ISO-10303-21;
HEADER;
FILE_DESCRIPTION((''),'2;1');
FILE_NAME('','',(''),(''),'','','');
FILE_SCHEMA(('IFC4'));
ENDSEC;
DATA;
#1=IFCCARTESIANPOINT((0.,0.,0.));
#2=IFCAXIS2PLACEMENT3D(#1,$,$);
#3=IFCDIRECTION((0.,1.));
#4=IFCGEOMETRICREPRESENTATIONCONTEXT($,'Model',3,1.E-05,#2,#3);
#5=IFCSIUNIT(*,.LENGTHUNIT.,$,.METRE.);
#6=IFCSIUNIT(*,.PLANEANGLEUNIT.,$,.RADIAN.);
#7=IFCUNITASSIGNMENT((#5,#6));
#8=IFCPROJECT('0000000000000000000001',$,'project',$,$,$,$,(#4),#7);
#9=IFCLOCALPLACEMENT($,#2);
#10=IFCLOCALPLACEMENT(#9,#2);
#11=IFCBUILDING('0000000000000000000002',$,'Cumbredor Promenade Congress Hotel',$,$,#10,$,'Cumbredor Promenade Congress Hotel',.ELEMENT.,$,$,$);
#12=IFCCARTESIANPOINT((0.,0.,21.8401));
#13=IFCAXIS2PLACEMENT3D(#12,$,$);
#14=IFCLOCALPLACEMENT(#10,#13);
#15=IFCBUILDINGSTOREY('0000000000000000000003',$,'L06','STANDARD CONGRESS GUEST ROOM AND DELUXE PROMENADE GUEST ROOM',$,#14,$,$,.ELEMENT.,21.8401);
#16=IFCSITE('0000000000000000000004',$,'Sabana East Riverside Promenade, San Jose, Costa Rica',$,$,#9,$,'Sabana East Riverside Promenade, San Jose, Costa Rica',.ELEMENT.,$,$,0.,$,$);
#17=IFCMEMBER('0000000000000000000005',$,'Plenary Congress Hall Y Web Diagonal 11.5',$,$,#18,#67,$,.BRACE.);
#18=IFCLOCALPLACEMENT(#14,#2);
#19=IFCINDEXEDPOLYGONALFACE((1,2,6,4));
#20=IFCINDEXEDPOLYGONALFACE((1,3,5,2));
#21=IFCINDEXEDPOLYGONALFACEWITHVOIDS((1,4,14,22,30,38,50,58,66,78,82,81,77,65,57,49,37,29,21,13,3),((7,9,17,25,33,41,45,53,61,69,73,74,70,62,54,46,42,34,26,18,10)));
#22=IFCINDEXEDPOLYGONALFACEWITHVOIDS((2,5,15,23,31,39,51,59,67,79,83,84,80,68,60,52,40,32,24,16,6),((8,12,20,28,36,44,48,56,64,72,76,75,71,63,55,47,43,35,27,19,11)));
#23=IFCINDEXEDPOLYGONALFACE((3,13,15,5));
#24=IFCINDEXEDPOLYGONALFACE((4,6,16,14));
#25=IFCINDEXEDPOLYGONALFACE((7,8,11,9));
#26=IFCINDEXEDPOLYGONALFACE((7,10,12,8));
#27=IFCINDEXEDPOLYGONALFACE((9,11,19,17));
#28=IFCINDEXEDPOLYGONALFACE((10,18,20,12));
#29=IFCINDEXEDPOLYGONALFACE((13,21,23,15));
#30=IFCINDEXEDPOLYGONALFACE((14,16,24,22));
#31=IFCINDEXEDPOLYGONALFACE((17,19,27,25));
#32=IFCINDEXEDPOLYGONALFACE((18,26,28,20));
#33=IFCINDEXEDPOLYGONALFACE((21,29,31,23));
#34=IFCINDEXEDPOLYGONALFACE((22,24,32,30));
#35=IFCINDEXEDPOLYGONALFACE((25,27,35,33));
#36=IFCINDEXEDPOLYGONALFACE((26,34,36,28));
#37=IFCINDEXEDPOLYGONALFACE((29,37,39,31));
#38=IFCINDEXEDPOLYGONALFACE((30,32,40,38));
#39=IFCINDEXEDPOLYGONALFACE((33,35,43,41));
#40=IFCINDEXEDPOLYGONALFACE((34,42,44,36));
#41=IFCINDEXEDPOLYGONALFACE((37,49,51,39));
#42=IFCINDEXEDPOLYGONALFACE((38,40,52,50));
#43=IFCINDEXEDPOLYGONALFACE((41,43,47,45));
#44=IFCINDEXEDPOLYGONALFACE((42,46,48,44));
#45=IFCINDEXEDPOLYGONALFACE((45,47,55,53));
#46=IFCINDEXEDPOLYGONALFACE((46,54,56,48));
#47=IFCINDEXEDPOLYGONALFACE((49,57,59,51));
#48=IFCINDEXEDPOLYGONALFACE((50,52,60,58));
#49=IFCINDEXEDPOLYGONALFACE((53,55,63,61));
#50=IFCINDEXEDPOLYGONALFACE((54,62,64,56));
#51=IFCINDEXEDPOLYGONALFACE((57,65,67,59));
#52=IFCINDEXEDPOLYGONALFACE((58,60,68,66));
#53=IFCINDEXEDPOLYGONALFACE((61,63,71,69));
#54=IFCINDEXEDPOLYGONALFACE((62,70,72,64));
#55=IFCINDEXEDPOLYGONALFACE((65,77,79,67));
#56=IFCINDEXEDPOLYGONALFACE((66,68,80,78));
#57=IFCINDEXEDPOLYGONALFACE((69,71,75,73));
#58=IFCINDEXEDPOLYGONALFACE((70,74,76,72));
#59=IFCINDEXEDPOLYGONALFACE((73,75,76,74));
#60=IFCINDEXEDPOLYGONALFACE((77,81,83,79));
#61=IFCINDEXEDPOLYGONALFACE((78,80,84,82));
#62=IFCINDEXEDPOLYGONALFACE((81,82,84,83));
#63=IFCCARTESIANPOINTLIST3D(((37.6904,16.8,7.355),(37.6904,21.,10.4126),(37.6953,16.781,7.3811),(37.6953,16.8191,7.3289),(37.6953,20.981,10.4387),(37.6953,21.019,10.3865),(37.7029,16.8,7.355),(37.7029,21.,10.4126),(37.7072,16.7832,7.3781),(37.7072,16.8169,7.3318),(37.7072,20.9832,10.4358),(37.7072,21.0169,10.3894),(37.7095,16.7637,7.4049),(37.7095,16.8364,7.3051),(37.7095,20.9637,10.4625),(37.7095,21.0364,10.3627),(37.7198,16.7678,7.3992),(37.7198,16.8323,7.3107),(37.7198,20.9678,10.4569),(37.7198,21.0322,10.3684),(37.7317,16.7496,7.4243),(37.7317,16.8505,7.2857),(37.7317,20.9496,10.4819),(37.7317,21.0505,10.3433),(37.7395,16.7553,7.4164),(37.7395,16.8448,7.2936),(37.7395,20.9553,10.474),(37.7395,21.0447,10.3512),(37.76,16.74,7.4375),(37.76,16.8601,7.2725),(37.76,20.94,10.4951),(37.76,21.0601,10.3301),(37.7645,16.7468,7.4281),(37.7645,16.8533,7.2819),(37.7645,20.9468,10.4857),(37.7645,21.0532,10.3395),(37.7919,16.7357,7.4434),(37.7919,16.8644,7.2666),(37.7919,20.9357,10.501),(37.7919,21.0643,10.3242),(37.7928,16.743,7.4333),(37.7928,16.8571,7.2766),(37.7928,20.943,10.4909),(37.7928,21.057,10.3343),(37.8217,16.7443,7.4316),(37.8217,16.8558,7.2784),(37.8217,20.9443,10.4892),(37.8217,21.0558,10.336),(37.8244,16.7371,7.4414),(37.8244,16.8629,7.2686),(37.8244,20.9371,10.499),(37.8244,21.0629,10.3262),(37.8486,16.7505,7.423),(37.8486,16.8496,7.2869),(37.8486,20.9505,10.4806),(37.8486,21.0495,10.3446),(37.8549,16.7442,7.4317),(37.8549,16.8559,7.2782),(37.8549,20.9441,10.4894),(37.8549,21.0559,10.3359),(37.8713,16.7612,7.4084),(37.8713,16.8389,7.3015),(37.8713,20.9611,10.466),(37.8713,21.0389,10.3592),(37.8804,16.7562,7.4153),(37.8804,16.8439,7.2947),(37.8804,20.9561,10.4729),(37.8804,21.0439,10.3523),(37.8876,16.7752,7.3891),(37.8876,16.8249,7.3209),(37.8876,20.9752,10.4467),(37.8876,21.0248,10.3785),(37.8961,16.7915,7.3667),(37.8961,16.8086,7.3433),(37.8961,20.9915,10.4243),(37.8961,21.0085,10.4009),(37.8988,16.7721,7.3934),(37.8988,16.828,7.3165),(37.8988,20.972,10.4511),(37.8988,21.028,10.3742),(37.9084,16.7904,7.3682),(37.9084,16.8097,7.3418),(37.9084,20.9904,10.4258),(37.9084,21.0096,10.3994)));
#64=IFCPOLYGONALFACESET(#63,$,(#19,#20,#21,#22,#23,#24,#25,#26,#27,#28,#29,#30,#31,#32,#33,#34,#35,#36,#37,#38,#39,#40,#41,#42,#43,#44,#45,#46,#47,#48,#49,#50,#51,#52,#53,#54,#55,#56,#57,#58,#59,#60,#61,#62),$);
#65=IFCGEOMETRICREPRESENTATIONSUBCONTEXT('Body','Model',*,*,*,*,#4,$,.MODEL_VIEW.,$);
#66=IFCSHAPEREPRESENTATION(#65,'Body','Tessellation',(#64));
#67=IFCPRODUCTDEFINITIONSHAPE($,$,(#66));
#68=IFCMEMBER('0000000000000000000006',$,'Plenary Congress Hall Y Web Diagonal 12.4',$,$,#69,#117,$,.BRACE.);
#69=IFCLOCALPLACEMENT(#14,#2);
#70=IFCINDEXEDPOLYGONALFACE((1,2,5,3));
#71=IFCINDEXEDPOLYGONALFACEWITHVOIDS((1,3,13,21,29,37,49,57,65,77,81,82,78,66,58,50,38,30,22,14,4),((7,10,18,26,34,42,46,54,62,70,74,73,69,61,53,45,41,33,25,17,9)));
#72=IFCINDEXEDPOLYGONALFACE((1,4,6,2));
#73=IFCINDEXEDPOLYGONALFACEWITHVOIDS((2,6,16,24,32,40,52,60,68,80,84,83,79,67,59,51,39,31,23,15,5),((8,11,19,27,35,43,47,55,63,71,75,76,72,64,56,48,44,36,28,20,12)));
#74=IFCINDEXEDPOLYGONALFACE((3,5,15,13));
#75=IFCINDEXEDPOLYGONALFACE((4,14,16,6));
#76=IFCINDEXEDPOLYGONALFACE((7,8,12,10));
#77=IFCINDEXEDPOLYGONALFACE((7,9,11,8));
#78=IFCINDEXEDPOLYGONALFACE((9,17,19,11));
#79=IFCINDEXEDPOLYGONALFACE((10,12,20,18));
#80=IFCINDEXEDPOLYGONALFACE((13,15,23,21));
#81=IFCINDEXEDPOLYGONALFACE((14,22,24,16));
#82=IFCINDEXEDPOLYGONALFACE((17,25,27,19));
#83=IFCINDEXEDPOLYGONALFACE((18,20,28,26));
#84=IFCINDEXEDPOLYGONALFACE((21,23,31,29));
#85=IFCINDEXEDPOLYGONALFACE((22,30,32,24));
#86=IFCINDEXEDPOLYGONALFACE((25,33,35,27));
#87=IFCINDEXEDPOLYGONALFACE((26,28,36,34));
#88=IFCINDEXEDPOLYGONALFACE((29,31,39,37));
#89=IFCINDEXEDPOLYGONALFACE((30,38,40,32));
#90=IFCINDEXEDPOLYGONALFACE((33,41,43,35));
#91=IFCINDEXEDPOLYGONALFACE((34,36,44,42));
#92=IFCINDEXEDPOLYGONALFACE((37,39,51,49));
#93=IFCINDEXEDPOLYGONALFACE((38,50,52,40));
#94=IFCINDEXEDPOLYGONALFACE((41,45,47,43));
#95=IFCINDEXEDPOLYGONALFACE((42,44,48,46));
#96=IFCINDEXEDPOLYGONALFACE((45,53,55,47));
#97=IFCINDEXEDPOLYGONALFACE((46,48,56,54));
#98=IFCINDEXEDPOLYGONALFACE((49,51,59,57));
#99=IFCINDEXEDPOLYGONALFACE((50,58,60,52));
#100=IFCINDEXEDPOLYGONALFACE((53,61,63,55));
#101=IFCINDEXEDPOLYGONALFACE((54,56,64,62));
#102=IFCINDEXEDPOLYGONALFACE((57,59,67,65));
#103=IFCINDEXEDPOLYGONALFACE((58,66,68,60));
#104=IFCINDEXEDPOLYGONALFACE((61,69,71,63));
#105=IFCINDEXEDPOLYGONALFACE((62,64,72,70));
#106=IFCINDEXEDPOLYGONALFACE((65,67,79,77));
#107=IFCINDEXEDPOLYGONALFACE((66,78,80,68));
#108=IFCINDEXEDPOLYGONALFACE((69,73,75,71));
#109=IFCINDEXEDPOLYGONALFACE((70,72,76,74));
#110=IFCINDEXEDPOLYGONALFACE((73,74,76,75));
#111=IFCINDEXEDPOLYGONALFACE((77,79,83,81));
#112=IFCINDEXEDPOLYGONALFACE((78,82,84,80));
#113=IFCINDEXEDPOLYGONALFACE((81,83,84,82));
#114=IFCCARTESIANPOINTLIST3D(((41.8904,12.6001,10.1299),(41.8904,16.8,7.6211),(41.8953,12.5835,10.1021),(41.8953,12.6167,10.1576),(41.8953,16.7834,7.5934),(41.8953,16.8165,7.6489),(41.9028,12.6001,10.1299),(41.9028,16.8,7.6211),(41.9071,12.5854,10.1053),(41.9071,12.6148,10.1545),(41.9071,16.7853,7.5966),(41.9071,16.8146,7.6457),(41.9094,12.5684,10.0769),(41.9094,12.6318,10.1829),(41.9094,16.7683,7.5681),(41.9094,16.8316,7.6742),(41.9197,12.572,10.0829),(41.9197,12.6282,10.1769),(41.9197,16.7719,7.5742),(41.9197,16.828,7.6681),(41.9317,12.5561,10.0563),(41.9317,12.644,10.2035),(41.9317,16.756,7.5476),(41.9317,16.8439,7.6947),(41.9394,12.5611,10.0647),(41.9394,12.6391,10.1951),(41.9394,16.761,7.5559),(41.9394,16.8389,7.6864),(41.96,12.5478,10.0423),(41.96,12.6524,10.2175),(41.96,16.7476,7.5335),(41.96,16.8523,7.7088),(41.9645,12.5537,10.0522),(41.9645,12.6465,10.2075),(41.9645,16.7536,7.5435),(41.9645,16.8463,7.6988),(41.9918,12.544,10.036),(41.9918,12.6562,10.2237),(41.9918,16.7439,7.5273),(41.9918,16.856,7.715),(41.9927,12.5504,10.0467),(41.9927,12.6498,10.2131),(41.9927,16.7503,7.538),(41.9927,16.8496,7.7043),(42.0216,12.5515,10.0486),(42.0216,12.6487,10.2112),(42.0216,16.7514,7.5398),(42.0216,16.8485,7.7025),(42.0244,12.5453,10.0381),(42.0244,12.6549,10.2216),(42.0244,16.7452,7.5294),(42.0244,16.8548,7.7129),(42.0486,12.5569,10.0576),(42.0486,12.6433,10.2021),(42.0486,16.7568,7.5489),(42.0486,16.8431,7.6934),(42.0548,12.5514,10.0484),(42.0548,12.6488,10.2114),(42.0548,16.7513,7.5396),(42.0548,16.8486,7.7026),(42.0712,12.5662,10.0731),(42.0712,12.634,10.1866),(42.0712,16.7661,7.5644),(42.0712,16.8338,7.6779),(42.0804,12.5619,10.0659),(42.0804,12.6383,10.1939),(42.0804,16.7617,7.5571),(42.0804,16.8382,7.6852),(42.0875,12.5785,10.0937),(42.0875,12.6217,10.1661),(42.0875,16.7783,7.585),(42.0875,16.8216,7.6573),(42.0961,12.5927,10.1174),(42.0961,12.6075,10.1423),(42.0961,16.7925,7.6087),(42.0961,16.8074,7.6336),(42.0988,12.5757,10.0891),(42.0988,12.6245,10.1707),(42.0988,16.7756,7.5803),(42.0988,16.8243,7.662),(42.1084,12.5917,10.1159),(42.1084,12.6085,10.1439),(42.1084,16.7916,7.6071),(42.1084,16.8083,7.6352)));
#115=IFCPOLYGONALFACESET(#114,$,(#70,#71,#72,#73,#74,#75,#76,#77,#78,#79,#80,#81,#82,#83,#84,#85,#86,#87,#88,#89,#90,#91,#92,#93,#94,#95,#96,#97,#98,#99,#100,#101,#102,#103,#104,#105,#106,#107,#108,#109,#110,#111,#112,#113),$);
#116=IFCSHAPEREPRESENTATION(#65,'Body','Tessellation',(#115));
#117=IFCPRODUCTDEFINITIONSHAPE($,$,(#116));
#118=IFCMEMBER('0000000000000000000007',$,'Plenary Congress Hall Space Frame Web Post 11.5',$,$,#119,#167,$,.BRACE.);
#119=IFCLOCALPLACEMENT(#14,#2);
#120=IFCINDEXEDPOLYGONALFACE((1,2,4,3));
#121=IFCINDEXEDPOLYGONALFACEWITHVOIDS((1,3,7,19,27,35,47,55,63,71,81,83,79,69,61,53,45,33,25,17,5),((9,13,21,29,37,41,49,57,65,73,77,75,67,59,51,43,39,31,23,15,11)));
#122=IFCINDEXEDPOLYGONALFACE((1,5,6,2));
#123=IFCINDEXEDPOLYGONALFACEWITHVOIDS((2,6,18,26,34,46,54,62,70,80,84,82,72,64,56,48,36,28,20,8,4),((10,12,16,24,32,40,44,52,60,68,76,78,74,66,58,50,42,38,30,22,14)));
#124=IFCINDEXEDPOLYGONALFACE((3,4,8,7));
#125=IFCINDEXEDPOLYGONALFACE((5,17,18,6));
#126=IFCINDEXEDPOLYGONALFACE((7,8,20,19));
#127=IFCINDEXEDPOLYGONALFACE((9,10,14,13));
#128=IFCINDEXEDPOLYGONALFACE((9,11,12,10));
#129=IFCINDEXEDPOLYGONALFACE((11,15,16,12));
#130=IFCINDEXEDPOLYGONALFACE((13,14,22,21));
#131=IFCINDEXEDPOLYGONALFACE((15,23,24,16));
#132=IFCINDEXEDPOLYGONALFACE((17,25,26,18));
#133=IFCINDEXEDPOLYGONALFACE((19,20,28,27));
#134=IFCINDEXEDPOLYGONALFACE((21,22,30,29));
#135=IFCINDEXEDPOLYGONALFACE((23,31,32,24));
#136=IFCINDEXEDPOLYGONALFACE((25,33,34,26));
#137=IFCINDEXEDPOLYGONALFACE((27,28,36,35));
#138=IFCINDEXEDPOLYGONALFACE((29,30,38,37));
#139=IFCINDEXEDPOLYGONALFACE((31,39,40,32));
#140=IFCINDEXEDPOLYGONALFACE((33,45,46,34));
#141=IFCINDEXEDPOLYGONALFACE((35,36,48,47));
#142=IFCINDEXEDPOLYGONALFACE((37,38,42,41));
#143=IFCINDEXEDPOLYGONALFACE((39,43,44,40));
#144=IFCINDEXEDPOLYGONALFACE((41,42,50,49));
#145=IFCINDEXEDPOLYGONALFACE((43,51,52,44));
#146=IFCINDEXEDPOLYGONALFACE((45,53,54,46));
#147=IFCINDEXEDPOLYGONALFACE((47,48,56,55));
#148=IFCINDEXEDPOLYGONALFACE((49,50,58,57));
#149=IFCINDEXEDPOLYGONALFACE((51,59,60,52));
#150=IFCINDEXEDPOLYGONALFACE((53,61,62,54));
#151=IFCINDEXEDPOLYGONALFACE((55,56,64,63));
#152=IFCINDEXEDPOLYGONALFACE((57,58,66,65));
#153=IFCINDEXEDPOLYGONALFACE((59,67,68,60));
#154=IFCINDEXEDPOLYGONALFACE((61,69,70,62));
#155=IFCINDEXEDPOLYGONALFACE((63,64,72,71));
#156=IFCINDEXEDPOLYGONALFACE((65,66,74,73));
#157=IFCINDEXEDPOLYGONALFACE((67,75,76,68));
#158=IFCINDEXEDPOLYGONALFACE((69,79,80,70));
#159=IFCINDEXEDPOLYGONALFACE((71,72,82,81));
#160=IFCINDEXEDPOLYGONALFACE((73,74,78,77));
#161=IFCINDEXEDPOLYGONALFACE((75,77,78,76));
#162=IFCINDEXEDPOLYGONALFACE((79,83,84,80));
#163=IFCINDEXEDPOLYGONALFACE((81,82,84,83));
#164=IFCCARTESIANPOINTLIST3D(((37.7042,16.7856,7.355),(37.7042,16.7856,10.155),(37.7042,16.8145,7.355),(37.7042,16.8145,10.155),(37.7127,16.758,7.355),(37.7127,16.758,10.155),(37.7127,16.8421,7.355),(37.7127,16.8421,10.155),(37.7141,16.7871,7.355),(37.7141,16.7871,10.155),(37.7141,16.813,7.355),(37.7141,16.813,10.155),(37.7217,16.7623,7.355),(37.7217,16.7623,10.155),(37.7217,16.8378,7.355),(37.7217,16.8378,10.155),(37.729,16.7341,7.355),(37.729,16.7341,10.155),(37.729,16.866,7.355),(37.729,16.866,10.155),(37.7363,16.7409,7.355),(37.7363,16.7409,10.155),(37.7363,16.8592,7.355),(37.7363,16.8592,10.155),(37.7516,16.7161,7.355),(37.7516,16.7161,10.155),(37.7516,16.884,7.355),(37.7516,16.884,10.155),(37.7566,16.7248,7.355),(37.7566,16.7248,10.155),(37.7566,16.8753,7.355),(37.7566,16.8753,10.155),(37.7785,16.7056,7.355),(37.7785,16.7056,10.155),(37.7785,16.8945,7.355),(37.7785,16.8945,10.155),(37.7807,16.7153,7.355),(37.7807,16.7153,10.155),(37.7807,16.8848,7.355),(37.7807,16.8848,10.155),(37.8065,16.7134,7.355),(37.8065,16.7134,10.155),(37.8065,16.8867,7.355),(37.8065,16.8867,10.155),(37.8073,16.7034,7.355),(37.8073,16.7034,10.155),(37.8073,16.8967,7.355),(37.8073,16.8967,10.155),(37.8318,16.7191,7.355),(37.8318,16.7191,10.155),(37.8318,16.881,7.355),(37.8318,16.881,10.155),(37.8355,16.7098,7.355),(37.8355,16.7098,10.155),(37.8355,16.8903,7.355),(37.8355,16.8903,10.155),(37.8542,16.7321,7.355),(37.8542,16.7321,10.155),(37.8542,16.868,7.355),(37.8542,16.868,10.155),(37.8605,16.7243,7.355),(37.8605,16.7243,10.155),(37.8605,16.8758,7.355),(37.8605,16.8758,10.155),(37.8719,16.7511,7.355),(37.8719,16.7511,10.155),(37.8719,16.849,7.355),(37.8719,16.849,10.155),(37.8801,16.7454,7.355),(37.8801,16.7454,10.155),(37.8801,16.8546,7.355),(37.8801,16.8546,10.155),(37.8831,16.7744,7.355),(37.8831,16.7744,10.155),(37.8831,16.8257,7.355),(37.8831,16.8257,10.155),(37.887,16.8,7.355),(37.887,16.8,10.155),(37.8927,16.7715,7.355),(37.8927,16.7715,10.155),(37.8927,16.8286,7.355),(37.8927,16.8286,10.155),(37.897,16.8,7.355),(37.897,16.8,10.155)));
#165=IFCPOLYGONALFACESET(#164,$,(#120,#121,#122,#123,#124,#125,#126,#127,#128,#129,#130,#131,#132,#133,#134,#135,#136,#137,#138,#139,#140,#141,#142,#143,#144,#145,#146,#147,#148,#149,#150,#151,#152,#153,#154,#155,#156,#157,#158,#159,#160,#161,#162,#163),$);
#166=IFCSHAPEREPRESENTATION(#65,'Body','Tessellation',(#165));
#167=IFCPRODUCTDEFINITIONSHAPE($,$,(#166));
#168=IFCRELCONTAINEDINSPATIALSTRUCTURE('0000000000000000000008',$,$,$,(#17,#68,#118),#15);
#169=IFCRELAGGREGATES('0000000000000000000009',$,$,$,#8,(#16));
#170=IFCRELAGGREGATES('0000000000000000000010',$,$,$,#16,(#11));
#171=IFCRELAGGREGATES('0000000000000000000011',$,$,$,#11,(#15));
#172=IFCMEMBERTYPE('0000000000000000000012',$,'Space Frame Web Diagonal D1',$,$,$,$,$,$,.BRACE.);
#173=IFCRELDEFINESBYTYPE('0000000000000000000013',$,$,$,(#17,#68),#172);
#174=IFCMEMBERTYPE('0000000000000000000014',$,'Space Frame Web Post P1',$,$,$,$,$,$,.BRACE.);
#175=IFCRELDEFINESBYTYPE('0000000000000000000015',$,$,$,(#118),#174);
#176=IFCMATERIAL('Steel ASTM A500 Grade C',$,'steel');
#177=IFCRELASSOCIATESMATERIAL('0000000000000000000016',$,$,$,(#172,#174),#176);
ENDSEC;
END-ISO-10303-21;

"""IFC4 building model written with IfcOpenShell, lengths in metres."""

from ifc_helpers import new_model, si_unit, direction, frame, origin, origin_2d, place, context, subcontext, project, spatial, hollow_circle, extrude, material, material_profile, profile_set, type_object, element, save


model = new_model("IFC4")

# Units and contexts
model_context = context("Model", 3, precision=1e-05, world=origin(), true_north=direction((0.0, 1.0)))
body_context = subcontext(model_context, "Body", "Model", "MODEL_VIEW")
ifc_project = project(units=[si_unit("LENGTHUNIT", "METRE"), si_unit("PLANEANGLEUNIT", "RADIAN")], contexts=[model_context])

# Site, building, storey
site_placement = place(None, origin())
site = spatial("IfcSite", under=ifc_project, at=site_placement, Name="Sabana East Riverside Promenade, San Jose, Costa Rica", LongName="Sabana East Riverside Promenade, San Jose, Costa Rica", CompositionType="ELEMENT", RefElevation=0.0)
building_placement = place(site_placement, origin())
building = spatial("IfcBuilding", under=site, at=building_placement, Name="Cumbredor Promenade Congress Hotel", LongName="Cumbredor Promenade Congress Hotel", CompositionType="ELEMENT")
storey_placement = place(building_placement, frame((0.0, 0.0, 21.8401)))
storey = spatial("IfcBuildingStorey", under=building, at=storey_placement, Name="L06", Description="STANDARD CONGRESS GUEST ROOM AND DELUXE PROMENADE GUEST ROOM", CompositionType="ELEMENT", Elevation=21.8401)

# Members
ifc_material_1 = material(Name="Steel ASTM A500 Grade C", Category="steel")
ifc_material_profile_1 = material_profile(ifc_material_1, hollow_circle(Radius=0.1096, WallThickness=0.0125, at=origin_2d()), Name="CHS 219.1x12.5")
ifc_profile_set_1 = profile_set([ifc_material_profile_1], Name="Steel ASTM A500 Grade C")
member_type_1 = type_object("IfcMemberType", Name="Space Frame Web Diagonal D1", PredefinedType="BRACE", material=ifc_profile_set_1)
member_1_placement = place(storey_placement, frame((37.8, 16.8, 7.355), z_axis=(0.0, 0.808451, 0.588563), x_axis=(-1.0, 0.0, 0.0)))
element("IfcMember", 1, at=member_1_placement, inside=storey, type_object=member_type_1, Name="Plenary Congress Hall Y Web Diagonal 11.5", PredefinedType="BRACE", context=body_context, shape_type="SweptSolid", body=[
    extrude(hollow_circle(Radius=0.1096, WallThickness=0.0125, at=origin_2d()), origin(), (0.0, 0.0, 1.0), 5.1951),
])
member_2_placement = place(storey_placement, frame((42.0, 12.6001, 10.1299), z_axis=(0.0, 0.8585, -0.512814), x_axis=(-1.0, 0.0, 0.0)))
element("IfcMember", 2, at=member_2_placement, inside=storey, type_object=member_type_1, Name="Plenary Congress Hall Y Web Diagonal 12.4", PredefinedType="BRACE", context=body_context, shape_type="SweptSolid", body=[
    extrude(hollow_circle(Radius=0.1096, WallThickness=0.0125, at=origin_2d()), origin(), (0.0, 0.0, 1.0), 4.8921),
])
ifc_material_profile_2 = material_profile(ifc_material_1, hollow_circle(Radius=0.0969, WallThickness=0.01, at=origin_2d()), Name="CHS 193.7x10")
ifc_profile_set_2 = profile_set([ifc_material_profile_2], Name="Steel ASTM A500 Grade C")
member_type_2 = type_object("IfcMemberType", Name="Space Frame Web Post P1", PredefinedType="BRACE", material=ifc_profile_set_2)
for number, where, z_axis, x_axis, name in (
    (3, (37.8, 16.8, 7.355), (0.0, 0.0, 1.0), (1.0, 0.0, 0.0), "Plenary Congress Hall Space Frame Web Post 11.5"),
):
    element("IfcMember", number, at=place(storey_placement, frame(where, z_axis=z_axis, x_axis=x_axis)), inside=storey, type_object=member_type_2, Name=name, PredefinedType="BRACE", context=body_context, shape_type="SweptSolid", body=[
        extrude(hollow_circle(Radius=0.0969, WallThickness=0.01, at=origin_2d()), origin(), (0.0, 0.0, 1.0), 2.8),
    ])

save(model, "model.ifc")
